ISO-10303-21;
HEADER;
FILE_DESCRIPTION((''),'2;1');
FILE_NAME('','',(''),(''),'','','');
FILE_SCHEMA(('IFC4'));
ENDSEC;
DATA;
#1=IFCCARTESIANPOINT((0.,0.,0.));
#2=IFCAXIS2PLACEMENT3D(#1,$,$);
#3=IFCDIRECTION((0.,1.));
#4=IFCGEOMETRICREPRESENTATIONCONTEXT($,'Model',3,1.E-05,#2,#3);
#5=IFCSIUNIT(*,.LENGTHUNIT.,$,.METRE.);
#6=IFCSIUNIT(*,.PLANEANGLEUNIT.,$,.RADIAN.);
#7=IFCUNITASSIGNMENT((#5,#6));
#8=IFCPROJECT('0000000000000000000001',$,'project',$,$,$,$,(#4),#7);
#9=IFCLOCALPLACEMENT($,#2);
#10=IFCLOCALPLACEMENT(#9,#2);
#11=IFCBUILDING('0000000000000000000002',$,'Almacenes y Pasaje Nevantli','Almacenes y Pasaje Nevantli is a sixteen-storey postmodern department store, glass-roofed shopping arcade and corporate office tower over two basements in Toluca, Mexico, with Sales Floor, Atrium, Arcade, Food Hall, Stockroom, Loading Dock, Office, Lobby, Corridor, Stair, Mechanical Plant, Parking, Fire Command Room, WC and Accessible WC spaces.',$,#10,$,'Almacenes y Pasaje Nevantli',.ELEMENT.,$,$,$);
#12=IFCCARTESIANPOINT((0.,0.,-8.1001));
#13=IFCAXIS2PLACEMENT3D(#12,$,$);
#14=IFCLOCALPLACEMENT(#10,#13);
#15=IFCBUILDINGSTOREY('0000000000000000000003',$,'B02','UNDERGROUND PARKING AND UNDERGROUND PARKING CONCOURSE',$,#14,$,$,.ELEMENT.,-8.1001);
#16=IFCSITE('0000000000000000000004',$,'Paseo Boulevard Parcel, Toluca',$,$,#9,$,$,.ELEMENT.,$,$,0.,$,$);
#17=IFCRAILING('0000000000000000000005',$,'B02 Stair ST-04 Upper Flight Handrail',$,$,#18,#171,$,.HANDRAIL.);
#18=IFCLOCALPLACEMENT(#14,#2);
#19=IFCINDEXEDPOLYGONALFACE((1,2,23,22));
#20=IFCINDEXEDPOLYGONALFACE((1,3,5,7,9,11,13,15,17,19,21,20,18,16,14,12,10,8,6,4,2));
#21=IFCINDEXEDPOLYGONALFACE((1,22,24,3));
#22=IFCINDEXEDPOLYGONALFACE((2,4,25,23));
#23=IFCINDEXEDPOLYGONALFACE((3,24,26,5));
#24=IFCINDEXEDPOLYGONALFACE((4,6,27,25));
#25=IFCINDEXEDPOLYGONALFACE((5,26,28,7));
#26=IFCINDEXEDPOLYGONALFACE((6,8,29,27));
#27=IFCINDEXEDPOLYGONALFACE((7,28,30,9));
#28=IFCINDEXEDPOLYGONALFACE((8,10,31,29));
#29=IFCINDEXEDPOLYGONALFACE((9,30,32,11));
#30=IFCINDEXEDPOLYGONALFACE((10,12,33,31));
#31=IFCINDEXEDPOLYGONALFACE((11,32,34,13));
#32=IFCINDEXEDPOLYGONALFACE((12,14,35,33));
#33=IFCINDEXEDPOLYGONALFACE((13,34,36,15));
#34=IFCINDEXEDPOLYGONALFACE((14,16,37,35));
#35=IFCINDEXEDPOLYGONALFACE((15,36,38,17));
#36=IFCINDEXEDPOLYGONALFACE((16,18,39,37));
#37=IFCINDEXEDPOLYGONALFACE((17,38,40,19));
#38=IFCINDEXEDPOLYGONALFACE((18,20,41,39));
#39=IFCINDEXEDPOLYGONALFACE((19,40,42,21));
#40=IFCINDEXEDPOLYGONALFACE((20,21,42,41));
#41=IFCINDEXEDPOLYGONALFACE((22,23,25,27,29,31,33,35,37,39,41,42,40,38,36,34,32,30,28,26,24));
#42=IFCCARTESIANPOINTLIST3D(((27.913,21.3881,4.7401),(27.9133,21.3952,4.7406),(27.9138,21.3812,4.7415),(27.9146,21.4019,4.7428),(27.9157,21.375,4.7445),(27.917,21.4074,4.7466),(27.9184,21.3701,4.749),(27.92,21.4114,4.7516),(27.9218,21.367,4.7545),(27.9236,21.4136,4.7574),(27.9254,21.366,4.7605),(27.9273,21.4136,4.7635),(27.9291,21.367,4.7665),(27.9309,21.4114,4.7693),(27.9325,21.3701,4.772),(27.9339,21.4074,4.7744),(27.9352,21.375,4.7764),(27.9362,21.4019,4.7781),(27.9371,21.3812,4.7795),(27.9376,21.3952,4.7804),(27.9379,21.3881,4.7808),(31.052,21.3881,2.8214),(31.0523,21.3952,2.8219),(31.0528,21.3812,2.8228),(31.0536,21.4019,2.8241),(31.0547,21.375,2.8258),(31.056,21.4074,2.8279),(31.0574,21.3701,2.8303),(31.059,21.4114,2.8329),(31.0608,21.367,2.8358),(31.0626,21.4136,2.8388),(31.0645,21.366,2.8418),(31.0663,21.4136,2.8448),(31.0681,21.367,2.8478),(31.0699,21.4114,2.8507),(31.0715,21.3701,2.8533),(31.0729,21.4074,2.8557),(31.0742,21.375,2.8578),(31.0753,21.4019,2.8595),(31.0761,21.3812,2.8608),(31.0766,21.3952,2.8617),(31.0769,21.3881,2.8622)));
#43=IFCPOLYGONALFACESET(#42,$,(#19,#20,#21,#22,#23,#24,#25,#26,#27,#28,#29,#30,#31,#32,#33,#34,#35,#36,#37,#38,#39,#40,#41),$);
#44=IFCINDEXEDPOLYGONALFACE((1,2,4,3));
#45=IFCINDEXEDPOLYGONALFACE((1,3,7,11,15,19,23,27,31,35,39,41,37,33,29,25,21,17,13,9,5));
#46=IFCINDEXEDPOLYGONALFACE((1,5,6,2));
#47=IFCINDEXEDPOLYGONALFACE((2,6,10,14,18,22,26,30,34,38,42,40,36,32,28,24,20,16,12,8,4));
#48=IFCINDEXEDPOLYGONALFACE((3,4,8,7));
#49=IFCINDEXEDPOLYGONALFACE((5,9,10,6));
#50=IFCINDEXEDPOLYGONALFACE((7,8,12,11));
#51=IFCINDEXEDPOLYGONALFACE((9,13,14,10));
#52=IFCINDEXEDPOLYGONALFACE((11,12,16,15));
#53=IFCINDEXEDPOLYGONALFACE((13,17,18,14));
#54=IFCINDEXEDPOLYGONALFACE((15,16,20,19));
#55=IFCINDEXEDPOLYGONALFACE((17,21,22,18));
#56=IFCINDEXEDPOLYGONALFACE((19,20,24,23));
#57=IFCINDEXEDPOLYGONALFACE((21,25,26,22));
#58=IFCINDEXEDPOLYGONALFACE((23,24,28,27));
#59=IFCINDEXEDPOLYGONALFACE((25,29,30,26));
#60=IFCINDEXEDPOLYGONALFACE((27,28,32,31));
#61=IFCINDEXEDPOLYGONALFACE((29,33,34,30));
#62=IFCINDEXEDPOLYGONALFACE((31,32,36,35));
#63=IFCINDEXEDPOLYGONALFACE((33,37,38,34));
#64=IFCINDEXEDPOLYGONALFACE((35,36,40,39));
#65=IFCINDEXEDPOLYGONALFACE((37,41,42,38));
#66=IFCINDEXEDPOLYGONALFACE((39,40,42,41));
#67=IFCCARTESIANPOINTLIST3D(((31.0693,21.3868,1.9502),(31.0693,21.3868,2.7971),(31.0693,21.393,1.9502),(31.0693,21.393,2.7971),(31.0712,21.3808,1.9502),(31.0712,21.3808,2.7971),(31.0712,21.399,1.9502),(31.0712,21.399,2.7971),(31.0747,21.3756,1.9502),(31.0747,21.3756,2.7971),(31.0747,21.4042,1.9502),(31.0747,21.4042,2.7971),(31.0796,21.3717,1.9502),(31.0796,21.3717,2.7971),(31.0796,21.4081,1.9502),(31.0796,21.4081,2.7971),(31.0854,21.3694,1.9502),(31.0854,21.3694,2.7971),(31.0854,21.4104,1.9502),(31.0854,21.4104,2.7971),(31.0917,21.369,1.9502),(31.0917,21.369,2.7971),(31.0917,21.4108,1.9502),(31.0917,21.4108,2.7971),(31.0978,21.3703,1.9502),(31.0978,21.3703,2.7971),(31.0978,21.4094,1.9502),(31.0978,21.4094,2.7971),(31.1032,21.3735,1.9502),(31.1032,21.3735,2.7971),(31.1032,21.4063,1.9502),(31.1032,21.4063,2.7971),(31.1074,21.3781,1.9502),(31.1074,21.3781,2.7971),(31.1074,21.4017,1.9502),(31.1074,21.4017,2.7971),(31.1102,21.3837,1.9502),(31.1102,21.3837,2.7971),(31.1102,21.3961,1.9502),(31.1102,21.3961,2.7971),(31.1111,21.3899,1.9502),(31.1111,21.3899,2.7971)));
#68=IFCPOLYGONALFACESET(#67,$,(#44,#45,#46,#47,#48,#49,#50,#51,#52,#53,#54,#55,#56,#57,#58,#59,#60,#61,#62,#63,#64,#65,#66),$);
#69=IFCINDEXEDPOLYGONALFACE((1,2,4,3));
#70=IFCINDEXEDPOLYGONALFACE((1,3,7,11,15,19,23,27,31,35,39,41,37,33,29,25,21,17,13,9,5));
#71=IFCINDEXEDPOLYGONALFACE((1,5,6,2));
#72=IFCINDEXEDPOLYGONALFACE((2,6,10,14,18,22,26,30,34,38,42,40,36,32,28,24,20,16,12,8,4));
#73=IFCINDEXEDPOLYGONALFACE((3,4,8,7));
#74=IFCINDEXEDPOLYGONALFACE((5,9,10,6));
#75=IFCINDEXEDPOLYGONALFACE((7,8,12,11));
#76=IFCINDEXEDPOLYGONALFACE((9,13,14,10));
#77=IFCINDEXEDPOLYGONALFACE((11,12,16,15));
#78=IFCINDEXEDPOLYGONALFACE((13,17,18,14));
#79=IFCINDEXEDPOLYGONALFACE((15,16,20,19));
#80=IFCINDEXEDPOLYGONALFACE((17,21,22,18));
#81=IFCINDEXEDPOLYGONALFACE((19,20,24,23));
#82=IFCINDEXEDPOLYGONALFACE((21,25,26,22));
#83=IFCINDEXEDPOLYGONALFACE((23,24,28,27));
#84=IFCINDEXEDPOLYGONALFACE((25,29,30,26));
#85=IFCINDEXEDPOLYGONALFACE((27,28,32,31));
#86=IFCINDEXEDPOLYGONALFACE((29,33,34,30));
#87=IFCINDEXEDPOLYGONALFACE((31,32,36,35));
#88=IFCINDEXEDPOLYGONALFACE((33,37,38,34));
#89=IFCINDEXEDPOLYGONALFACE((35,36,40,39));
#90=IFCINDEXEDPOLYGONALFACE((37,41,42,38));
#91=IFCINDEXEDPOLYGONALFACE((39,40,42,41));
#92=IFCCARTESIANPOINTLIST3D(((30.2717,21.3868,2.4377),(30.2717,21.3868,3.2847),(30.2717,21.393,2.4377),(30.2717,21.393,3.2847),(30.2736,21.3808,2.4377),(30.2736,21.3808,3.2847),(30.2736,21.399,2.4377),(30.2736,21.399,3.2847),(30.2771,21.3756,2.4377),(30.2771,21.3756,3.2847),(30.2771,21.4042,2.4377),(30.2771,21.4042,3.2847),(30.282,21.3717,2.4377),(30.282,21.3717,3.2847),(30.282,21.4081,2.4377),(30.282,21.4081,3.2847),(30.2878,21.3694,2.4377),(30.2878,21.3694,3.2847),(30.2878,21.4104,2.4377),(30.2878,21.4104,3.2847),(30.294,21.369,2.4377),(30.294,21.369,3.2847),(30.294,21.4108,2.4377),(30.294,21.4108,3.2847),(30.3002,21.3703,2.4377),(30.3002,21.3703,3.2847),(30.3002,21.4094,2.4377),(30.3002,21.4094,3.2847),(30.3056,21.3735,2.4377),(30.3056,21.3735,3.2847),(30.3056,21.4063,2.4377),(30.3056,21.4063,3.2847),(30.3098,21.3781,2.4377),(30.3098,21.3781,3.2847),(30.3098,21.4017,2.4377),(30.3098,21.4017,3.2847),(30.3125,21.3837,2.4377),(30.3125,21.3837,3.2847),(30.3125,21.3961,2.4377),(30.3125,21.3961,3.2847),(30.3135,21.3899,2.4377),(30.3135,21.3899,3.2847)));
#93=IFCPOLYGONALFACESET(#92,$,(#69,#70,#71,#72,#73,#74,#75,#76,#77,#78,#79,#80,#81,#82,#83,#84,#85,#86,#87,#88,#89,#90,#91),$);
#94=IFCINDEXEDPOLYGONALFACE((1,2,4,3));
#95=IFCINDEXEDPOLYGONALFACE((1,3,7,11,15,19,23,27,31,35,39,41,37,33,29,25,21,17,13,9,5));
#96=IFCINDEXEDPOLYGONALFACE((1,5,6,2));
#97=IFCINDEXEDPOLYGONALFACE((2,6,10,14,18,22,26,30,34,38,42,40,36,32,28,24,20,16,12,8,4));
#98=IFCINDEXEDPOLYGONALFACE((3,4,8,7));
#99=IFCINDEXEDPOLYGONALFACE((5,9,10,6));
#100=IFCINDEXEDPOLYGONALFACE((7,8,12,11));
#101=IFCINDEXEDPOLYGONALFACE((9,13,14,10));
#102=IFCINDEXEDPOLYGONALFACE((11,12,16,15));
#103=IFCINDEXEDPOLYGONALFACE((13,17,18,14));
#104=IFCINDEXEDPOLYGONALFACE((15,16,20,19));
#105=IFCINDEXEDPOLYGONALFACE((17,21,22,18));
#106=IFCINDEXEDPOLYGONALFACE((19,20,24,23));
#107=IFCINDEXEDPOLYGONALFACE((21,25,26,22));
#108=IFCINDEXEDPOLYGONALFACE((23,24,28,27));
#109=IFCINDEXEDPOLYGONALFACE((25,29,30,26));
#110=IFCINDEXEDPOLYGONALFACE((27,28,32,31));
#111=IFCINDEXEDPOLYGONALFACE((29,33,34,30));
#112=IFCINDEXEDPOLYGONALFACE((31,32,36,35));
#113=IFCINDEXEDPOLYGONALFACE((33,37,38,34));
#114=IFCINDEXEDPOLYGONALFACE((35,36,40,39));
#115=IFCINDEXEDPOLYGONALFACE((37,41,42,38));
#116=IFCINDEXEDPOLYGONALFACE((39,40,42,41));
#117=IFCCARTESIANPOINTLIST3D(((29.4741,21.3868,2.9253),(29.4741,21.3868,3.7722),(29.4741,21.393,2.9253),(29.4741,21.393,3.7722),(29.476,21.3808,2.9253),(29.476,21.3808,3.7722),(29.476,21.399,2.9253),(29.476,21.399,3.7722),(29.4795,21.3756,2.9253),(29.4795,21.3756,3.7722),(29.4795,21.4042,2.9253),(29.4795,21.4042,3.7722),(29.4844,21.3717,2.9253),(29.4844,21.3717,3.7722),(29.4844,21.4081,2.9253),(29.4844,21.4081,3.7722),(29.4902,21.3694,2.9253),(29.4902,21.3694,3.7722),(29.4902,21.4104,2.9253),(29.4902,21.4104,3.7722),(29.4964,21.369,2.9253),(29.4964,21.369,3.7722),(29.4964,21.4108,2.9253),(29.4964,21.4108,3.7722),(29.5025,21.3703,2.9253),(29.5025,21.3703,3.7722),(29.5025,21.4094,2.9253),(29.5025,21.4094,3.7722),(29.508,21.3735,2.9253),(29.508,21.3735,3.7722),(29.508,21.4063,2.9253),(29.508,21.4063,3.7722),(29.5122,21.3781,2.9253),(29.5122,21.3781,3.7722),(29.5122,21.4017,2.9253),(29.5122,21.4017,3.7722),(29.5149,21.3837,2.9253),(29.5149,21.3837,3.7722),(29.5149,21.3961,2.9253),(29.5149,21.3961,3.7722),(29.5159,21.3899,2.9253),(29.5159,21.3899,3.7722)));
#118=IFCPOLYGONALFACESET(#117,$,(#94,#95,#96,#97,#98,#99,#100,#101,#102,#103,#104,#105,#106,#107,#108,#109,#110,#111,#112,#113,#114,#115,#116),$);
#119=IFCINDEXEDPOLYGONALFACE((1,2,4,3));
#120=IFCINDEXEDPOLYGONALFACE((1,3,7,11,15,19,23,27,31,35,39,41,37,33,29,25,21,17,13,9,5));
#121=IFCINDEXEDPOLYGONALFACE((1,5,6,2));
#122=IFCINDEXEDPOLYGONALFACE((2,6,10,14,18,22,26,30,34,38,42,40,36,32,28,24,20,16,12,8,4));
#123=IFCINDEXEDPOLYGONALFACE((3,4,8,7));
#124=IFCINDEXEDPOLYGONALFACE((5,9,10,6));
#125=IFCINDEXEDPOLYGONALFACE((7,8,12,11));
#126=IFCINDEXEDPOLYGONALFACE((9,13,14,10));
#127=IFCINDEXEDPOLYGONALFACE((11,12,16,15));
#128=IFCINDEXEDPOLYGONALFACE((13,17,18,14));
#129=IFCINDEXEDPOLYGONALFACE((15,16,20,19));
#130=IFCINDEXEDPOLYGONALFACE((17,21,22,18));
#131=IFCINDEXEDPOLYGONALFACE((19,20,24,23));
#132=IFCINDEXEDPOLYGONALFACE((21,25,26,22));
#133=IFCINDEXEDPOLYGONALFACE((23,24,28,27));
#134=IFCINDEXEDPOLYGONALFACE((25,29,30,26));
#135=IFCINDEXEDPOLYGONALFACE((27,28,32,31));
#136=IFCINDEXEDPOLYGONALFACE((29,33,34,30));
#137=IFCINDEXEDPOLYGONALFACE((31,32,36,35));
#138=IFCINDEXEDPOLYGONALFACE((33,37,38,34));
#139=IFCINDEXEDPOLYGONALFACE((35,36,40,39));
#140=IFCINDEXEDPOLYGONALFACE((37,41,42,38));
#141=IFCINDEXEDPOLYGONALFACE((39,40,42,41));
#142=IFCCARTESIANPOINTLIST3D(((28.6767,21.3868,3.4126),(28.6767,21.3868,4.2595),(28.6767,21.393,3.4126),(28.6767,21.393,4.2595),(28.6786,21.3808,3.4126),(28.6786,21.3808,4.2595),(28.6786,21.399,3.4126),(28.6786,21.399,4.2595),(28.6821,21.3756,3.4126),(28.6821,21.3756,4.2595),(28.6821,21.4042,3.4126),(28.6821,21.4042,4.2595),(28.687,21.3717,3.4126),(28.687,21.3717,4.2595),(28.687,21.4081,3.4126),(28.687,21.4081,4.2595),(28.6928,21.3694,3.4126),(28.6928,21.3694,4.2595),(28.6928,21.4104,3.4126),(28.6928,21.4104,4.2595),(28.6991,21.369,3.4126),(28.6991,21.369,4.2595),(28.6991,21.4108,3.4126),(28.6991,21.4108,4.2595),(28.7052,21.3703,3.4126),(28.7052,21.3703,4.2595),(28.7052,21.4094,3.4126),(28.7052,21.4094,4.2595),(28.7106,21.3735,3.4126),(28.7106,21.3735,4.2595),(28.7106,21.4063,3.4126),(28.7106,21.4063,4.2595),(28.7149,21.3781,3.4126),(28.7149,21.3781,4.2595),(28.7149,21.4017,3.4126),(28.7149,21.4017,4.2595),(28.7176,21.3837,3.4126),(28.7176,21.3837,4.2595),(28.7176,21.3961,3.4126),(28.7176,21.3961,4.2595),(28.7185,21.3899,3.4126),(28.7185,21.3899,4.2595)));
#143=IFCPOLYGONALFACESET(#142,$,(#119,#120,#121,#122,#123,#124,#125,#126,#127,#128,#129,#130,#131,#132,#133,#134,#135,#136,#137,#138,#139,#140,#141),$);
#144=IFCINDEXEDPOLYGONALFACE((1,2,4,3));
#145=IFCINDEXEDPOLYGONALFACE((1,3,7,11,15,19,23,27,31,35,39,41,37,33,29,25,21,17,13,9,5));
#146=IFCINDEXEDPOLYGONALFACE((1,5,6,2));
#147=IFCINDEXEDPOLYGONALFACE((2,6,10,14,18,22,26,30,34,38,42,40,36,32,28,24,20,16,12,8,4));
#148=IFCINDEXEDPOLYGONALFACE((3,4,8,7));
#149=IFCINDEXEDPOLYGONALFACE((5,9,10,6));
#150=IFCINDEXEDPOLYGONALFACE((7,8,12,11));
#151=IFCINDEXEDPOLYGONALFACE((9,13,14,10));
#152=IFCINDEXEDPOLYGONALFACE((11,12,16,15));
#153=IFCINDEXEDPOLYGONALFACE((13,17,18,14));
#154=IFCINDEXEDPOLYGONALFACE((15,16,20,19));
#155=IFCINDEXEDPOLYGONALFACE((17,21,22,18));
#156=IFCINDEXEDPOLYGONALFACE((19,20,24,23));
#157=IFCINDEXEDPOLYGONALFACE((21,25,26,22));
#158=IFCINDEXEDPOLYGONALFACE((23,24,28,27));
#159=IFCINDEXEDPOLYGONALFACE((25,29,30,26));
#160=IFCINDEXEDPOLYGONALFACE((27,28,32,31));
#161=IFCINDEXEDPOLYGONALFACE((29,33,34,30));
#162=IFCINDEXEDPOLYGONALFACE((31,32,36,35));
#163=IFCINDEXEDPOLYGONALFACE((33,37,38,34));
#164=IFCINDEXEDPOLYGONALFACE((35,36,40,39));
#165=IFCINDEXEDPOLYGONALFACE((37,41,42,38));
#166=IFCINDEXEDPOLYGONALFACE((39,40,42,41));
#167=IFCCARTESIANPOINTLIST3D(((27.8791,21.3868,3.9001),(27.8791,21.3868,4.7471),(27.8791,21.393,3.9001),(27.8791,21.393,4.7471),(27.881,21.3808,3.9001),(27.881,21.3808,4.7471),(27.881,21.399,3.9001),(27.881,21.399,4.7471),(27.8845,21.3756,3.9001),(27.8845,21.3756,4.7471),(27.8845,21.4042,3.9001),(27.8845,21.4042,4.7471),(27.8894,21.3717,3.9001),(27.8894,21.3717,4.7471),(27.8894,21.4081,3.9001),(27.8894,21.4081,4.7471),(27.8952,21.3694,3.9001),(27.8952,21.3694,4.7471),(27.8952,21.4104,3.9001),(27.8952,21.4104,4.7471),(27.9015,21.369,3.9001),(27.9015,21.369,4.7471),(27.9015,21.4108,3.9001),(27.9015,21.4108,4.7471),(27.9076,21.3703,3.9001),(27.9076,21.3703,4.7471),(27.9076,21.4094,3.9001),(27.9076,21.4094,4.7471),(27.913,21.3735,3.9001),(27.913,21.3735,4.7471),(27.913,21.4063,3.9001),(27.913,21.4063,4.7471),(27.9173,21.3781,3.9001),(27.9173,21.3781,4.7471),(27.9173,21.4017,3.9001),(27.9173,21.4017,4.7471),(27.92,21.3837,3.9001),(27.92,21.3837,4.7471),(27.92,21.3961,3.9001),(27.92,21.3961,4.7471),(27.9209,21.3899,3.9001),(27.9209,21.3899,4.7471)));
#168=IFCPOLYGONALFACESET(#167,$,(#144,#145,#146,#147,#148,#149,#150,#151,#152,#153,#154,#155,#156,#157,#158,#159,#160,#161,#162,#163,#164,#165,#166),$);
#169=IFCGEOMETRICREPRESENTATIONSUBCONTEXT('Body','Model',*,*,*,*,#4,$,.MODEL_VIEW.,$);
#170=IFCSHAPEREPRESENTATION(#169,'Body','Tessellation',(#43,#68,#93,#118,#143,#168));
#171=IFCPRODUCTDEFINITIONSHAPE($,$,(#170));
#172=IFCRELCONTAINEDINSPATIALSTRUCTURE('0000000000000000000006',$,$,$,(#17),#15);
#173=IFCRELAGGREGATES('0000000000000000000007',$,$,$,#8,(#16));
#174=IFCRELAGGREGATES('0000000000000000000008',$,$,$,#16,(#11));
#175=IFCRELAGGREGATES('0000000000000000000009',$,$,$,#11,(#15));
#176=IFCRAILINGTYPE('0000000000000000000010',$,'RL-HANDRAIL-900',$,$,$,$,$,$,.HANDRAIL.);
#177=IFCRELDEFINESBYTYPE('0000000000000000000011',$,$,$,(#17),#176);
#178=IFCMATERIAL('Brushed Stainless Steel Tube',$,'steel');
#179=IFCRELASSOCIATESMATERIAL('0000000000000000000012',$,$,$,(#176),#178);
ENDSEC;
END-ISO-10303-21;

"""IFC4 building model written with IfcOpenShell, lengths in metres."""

from ifc_helpers import new_model, si_unit, direction, frame, origin, origin_2d, place, context, subcontext, project, spatial, circle, extrude, material, type_object, element, save


model = new_model("IFC4")

# Units and contexts
model_context = context("Model", 3, precision=1e-05, world=origin(), true_north=direction((0.0, 1.0)))
body_context = subcontext(model_context, "Body", "Model", "MODEL_VIEW")
ifc_project = project(units=[si_unit("LENGTHUNIT", "METRE"), si_unit("PLANEANGLEUNIT", "RADIAN")], contexts=[model_context])

# Site, building, storey
site_placement = place(None, origin())
site = spatial("IfcSite", under=ifc_project, at=site_placement, Name="Paseo Boulevard Parcel, Toluca", CompositionType="ELEMENT", RefElevation=0.0)
building_placement = place(site_placement, origin())
building = spatial("IfcBuilding", under=site, at=building_placement, Name="Almacenes y Pasaje Nevantli", Description="Almacenes y Pasaje Nevantli is a sixteen-storey postmodern department store, glass-roofed shopping arcade and corporate office tower over two basements in Toluca, Mexico, with Sales Floor, Atrium, Arcade, Food Hall, Stockroom, Loading Dock, Office, Lobby, Corridor, Stair, Mechanical Plant, Parking, Fire Command Room, WC and Accessible WC spaces.", LongName="Almacenes y Pasaje Nevantli", CompositionType="ELEMENT")
storey_placement = place(building_placement, frame((0.0, 0.0, -8.1001)))
storey = spatial("IfcBuildingStorey", under=building, at=storey_placement, Name="B02", Description="UNDERGROUND PARKING AND UNDERGROUND PARKING CONCOURSE", CompositionType="ELEMENT", Elevation=-8.1001)

# Railing
ifc_material_1 = material(Name="Brushed Stainless Steel Tube", Category="steel")
railing_type = type_object("IfcRailingType", Name="RL-HANDRAIL-900", PredefinedType="HANDRAIL", material=ifc_material_1)
railing_placement = place(storey_placement, frame((31.0901, 21.3899, 1.9502)))
element("IfcRailing", 1, at=railing_placement, inside=storey, type_object=railing_type, Name="B02 Stair ST-04 Upper Flight Handrail", PredefinedType="HANDRAIL", context=body_context, shape_type="SweptSolid", body=[
    extrude(circle(Radius=0.0239, at=origin_2d()), frame((-0.0256, 0.0, 0.8916), z_axis=(-0.853235, 0.0, 0.521527), x_axis=(0.0, -1.0, 0.0)), (0.0, 0.0, 1.0), 3.679),
    extrude(circle(Radius=0.021, at=origin_2d()), origin(), (0.0, 0.0, 1.0), 0.8469),
    extrude(circle(Radius=0.021, at=origin_2d()), frame((-0.7976, 0.0, 0.4875)), (0.0, 0.0, 1.0), 0.8469),
    extrude(circle(Radius=0.021, at=origin_2d()), frame((-1.5952, 0.0, 0.9751)), (0.0, 0.0, 1.0), 0.8469),
    extrude(circle(Radius=0.021, at=origin_2d()), frame((-2.3926, 0.0, 1.4624)), (0.0, 0.0, 1.0), 0.8469),
    extrude(circle(Radius=0.021, at=origin_2d()), frame((-3.1902, 0.0, 1.95)), (0.0, 0.0, 1.0), 0.8469),
])

save(model, "model.ifc")
